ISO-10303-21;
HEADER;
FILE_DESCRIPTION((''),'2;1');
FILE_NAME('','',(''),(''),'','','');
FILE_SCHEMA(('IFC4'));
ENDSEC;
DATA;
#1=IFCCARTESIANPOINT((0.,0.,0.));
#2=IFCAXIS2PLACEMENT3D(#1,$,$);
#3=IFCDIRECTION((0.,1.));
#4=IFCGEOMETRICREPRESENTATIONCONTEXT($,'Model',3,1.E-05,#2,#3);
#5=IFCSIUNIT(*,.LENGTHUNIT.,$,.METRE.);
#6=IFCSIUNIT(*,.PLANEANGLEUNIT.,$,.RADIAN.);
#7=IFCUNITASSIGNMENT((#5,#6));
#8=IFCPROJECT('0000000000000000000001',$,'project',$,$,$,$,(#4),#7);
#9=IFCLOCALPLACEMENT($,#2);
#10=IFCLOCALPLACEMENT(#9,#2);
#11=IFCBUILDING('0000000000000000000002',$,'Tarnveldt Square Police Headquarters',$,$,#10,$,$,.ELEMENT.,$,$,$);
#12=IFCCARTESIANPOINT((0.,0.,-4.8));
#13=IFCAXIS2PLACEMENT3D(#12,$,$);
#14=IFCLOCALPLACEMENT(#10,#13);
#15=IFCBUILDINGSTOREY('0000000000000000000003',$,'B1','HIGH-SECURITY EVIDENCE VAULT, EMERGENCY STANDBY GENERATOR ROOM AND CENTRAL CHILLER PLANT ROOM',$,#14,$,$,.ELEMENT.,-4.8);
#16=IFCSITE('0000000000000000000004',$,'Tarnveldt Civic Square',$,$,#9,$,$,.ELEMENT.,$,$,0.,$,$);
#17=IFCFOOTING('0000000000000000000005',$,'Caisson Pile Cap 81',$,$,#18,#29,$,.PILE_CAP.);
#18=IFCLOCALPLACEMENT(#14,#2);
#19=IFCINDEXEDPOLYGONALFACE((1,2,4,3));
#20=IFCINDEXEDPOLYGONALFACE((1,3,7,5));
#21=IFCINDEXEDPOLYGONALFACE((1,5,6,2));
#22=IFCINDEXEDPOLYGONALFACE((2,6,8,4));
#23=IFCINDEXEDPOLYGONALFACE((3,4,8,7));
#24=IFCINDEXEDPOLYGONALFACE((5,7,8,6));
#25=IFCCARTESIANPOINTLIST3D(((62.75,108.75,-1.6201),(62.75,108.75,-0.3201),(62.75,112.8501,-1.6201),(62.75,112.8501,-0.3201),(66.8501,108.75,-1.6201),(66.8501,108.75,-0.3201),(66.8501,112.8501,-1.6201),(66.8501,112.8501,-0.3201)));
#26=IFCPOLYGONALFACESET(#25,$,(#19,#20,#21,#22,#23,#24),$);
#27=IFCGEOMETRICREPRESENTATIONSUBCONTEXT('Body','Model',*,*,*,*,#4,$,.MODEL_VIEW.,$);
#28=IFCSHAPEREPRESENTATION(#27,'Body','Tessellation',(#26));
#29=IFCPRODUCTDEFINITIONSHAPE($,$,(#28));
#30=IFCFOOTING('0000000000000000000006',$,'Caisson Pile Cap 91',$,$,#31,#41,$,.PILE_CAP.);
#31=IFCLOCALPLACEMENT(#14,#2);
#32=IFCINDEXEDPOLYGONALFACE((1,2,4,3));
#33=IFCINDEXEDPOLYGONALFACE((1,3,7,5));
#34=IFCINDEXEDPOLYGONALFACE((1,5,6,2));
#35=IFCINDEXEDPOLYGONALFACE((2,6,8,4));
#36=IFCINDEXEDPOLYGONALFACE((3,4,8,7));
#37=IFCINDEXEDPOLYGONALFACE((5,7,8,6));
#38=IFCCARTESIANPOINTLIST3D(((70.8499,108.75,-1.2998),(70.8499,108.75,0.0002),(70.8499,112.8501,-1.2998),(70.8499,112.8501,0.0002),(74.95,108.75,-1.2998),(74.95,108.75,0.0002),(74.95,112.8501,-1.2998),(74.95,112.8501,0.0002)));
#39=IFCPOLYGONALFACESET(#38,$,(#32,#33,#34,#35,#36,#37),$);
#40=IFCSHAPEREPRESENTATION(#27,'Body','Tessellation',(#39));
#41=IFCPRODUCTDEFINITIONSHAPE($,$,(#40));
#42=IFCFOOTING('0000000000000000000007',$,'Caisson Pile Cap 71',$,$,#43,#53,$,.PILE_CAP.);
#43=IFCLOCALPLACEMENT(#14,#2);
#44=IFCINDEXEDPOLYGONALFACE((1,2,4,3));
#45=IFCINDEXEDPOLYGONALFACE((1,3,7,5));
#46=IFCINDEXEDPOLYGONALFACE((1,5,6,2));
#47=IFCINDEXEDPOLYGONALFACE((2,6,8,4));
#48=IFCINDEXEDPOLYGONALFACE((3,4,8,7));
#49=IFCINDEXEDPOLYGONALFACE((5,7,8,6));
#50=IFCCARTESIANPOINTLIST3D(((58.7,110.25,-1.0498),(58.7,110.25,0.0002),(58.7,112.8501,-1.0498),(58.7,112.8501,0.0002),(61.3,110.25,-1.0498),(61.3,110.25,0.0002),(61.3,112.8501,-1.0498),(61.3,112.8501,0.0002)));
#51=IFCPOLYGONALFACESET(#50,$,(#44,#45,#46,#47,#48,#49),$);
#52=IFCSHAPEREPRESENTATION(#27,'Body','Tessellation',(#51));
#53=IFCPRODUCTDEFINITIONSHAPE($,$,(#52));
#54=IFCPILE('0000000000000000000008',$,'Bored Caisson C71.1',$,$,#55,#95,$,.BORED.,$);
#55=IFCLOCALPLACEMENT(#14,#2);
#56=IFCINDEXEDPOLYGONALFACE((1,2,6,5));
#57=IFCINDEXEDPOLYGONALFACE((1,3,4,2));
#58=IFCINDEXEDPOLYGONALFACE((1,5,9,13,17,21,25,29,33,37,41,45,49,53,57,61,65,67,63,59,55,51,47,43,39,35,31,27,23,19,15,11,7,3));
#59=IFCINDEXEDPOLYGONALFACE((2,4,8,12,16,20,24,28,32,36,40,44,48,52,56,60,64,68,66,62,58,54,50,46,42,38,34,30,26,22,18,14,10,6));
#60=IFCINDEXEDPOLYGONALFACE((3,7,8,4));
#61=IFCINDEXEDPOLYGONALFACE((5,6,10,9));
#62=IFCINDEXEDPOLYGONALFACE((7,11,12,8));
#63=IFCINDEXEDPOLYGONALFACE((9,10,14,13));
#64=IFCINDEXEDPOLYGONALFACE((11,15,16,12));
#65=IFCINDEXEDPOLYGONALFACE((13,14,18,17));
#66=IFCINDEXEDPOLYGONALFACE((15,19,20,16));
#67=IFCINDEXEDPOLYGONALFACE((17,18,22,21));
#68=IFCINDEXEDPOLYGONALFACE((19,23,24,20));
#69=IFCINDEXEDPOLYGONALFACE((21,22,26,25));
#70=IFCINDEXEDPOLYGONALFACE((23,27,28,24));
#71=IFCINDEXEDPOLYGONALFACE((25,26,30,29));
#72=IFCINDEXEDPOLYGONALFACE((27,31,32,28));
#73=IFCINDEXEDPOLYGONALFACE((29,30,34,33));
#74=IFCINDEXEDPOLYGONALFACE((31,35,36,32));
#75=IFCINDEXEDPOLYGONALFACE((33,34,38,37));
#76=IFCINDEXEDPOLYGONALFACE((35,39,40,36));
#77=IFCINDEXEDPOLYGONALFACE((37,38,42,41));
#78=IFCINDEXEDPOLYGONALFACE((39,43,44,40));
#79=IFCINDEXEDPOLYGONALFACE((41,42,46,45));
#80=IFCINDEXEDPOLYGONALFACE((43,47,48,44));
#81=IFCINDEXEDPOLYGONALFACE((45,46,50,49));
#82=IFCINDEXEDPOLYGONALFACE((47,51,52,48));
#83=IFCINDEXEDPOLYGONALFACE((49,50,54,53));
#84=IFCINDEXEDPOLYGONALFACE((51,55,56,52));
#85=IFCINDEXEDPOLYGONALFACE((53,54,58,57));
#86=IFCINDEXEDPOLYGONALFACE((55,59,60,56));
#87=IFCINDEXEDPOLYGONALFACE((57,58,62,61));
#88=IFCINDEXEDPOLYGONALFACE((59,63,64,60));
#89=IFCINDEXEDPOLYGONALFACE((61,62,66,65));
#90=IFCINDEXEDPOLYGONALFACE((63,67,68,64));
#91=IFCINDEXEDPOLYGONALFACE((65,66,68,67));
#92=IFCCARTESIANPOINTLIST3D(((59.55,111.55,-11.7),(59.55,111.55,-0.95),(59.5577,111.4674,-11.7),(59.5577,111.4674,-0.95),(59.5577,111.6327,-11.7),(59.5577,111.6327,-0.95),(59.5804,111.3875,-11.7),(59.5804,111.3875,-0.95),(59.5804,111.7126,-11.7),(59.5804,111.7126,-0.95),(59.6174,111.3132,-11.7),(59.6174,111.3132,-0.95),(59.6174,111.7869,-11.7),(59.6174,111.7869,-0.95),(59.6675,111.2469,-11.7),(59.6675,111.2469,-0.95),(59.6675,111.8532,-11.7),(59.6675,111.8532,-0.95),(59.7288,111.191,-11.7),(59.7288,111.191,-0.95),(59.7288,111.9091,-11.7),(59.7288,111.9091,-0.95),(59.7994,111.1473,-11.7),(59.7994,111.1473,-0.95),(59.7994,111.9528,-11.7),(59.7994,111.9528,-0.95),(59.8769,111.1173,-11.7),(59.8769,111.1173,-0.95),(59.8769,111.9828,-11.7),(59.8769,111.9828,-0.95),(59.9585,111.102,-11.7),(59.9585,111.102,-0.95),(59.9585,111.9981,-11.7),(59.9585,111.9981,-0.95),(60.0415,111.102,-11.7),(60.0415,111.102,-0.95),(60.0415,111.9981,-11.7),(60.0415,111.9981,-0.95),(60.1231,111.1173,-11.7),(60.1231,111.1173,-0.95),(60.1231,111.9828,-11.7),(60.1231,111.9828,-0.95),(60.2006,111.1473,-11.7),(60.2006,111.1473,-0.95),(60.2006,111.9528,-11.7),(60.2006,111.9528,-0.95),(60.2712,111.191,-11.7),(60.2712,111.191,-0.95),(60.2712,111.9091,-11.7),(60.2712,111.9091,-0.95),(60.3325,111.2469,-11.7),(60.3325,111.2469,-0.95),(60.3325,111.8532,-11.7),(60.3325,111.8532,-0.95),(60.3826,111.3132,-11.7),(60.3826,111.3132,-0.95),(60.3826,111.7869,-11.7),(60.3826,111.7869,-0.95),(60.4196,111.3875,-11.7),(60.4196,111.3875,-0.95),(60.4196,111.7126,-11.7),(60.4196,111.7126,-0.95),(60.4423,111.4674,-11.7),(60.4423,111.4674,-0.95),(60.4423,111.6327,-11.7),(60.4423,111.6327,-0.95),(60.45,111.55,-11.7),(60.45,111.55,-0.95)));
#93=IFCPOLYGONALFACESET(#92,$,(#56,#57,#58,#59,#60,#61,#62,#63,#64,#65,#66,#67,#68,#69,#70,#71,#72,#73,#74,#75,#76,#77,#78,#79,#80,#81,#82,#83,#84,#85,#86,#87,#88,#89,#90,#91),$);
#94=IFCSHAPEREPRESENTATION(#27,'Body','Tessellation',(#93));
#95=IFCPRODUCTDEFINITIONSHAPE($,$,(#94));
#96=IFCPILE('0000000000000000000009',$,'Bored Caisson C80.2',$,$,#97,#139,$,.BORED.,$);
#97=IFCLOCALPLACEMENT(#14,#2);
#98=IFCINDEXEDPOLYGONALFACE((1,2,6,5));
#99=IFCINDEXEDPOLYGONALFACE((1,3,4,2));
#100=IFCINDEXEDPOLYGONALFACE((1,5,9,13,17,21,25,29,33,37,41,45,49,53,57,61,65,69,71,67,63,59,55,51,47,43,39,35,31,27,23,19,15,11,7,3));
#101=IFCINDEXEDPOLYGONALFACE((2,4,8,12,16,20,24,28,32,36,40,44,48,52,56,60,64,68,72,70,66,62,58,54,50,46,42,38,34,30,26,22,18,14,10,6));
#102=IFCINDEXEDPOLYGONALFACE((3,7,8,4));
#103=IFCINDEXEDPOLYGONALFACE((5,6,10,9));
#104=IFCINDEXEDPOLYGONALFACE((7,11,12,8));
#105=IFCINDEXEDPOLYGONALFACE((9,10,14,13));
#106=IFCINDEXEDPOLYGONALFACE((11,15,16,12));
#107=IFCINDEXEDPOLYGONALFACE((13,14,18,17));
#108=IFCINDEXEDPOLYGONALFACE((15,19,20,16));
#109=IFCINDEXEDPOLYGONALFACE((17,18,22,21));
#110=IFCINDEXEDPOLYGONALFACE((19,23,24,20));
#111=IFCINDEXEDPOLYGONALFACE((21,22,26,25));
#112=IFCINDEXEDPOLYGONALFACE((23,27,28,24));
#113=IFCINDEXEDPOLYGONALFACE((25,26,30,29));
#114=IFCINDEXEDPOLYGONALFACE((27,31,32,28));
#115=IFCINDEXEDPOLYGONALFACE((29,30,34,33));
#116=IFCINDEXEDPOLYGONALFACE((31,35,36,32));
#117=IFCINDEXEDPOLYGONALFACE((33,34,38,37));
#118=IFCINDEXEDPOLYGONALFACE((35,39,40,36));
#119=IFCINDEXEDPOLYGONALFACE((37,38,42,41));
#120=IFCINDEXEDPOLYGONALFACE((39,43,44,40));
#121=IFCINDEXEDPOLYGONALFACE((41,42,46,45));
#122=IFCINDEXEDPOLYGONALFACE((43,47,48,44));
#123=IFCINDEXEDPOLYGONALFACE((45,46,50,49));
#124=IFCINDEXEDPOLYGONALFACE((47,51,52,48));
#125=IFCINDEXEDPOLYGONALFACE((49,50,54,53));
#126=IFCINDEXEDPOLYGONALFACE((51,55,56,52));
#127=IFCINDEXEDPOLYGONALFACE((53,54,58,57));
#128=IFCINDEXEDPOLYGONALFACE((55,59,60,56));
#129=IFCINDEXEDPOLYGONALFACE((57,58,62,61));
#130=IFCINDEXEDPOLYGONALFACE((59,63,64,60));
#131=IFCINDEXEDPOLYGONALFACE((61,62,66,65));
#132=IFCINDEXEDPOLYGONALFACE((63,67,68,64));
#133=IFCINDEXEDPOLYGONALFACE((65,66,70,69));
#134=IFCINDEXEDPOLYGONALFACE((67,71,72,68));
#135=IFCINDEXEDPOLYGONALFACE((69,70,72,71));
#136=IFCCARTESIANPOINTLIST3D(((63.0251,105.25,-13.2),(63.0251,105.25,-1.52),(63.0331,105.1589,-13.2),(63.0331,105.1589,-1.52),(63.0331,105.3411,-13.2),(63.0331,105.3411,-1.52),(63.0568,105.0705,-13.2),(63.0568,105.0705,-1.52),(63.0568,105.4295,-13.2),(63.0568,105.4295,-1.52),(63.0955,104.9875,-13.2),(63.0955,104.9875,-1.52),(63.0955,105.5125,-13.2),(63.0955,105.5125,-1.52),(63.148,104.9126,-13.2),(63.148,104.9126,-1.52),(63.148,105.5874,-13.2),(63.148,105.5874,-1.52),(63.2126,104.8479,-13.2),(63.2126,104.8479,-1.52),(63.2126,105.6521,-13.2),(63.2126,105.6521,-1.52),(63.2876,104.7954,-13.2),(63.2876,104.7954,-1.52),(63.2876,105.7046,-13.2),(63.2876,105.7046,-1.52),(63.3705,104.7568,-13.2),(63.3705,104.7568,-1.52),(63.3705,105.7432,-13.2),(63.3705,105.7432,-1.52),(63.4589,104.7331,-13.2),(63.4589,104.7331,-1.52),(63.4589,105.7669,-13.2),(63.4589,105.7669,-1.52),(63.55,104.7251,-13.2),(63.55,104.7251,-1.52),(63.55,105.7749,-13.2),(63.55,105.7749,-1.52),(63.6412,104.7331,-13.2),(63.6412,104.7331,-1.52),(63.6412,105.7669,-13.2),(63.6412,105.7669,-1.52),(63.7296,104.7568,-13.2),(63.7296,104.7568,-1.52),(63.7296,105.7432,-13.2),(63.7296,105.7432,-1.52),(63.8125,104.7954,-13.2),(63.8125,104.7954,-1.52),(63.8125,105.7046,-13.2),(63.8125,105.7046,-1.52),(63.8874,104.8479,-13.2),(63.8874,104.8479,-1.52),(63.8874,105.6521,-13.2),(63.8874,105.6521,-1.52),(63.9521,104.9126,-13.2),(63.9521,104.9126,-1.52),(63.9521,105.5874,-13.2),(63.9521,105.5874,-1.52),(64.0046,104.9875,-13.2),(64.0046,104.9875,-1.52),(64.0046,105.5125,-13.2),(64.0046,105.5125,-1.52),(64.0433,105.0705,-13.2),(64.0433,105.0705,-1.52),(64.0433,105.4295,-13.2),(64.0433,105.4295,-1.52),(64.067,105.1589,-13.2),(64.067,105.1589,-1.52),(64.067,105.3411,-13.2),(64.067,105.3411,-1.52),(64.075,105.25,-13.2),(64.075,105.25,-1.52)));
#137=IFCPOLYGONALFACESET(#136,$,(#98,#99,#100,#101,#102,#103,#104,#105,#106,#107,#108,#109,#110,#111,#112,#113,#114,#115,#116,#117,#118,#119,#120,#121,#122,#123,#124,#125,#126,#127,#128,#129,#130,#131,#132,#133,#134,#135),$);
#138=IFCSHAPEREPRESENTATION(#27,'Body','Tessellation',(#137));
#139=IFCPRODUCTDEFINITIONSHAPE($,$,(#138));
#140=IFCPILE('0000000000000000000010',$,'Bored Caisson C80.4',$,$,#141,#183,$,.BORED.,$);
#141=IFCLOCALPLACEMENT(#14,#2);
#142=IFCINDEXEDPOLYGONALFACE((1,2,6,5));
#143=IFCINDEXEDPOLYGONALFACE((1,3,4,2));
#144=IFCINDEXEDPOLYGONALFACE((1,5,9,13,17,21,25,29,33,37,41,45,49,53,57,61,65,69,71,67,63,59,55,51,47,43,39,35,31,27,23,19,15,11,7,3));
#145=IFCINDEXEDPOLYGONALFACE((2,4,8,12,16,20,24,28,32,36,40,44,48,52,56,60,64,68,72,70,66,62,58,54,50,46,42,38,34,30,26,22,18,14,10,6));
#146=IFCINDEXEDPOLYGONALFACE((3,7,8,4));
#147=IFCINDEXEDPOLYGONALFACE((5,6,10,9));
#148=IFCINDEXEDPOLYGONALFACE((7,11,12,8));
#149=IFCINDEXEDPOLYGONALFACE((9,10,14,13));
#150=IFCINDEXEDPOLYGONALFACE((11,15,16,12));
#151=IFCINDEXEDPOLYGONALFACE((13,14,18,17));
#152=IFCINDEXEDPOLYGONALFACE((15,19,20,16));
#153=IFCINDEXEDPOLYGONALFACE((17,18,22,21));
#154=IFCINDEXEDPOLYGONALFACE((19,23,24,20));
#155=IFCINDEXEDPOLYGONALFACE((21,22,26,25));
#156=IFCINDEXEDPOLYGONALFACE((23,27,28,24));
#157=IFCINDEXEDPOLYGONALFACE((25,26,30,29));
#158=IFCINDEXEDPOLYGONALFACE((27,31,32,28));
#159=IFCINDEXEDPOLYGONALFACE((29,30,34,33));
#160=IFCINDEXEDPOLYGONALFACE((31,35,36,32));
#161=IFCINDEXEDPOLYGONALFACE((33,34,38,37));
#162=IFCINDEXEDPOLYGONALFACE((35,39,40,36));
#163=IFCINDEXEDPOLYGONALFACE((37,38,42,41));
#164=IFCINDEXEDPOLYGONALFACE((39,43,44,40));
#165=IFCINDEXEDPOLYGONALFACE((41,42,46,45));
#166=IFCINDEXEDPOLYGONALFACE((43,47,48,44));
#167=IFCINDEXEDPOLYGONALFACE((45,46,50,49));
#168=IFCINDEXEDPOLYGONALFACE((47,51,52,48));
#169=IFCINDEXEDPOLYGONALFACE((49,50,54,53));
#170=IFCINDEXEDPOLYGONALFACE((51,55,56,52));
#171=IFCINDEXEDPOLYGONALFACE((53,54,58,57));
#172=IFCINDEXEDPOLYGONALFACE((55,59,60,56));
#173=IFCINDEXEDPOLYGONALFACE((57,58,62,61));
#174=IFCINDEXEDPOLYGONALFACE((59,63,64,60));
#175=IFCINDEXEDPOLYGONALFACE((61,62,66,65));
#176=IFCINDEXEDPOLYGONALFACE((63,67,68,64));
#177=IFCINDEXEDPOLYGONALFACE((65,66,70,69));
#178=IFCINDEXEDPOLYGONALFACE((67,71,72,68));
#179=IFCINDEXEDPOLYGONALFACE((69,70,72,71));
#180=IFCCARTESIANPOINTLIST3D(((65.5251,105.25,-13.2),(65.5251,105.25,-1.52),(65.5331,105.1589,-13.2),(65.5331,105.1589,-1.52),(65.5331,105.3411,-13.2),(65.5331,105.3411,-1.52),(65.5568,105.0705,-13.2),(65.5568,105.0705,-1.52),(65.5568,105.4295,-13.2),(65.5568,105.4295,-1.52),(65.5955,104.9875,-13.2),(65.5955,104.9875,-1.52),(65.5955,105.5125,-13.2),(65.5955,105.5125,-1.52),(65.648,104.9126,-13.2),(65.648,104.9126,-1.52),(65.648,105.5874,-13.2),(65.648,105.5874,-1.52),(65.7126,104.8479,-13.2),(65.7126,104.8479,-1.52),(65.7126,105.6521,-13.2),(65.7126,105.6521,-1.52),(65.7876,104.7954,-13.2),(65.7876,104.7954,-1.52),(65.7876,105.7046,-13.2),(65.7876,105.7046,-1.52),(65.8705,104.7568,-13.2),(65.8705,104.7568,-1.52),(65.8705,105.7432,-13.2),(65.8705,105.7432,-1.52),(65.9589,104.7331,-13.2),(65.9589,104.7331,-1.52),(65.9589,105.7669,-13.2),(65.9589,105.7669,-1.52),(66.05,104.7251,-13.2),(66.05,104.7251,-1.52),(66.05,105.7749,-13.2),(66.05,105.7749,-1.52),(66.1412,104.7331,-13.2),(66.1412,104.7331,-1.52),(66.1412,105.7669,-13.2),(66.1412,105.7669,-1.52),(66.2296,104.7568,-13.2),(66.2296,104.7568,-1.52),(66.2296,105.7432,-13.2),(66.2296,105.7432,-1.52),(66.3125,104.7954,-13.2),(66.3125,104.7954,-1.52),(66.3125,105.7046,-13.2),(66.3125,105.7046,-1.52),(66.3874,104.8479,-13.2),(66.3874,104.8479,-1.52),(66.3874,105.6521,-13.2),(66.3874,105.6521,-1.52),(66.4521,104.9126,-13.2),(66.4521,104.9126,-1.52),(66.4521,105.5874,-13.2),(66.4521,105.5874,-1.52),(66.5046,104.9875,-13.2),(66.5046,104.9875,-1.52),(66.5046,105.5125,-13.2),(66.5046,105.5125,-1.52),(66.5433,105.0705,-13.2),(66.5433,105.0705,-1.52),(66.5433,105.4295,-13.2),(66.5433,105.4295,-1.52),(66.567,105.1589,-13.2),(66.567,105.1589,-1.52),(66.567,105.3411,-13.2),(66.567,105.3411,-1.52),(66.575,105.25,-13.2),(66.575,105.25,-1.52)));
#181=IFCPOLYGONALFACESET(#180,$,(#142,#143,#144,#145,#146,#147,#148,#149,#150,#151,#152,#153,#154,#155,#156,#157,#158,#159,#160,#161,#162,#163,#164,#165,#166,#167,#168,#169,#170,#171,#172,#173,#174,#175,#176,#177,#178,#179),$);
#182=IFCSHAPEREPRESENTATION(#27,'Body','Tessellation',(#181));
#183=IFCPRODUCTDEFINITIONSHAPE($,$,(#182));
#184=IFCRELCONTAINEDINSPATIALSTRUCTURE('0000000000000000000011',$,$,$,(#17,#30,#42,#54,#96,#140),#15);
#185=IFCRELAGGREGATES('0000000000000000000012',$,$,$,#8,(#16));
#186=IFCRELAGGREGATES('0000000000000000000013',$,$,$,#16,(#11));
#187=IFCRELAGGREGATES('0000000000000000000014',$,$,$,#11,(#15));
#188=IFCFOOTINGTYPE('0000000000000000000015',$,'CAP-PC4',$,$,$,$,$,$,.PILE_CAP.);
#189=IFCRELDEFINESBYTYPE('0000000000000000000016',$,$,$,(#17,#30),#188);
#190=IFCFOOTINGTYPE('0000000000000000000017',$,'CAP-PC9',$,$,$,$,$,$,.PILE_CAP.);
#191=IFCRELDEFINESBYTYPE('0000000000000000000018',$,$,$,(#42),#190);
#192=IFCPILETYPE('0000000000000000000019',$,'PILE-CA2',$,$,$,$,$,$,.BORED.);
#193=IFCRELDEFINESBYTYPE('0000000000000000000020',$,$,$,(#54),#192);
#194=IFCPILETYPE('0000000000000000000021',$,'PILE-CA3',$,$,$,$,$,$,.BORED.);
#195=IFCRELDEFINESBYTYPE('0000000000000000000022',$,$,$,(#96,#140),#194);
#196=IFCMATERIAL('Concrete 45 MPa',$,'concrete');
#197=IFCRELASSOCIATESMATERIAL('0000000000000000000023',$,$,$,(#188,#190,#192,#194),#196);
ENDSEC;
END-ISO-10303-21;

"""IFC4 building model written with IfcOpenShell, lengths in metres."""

from ifc_helpers import new_model, si_unit, direction, frame, origin, origin_2d, place, context, subcontext, project, spatial, rectangle, circle, extrude, material, material_profile, profile_set, type_object, element, save


model = new_model("IFC4")

# Units and contexts
model_context = context("Model", 3, precision=1e-05, world=origin(), true_north=direction((0.0, 1.0)))
body_context = subcontext(model_context, "Body", "Model", "MODEL_VIEW")
ifc_project = project(units=[si_unit("LENGTHUNIT", "METRE"), si_unit("PLANEANGLEUNIT", "RADIAN")], contexts=[model_context])

# Site, building, storey
site_placement = place(None, origin())
site = spatial("IfcSite", under=ifc_project, at=site_placement, Name="Tarnveldt Civic Square", CompositionType="ELEMENT", RefElevation=0.0)
building_placement = place(site_placement, origin())
building = spatial("IfcBuilding", under=site, at=building_placement, Name="Tarnveldt Square Police Headquarters", CompositionType="ELEMENT")
storey_placement = place(building_placement, frame((0.0, 0.0, -4.8)))
storey = spatial("IfcBuildingStorey", under=building, at=storey_placement, Name="B1", Description="HIGH-SECURITY EVIDENCE VAULT, EMERGENCY STANDBY GENERATOR ROOM AND CENTRAL CHILLER PLANT ROOM", CompositionType="ELEMENT", Elevation=-4.8)

# Footings
ifc_material_1 = material(Name="Concrete 45 MPa", Category="concrete")
footing_type_1 = type_object("IfcFootingType", Name="CAP-PC4", PredefinedType="PILE_CAP", material=ifc_material_1)
for number, where, z_axis, x_axis, name in (
    (1, (64.8, 110.8, -1.6201), (0.0, 0.0, 1.0), (1.0, 0.0, 0.0), "Caisson Pile Cap 81"),
    (2, (72.8999, 110.8, -1.2998), (0.0, 0.0, 1.0), (1.0, 0.0, 0.0), "Caisson Pile Cap 91"),
):
    element("IfcFooting", number, at=place(storey_placement, frame(where, z_axis=z_axis, x_axis=x_axis)), inside=storey, type_object=footing_type_1, Name=name, PredefinedType="PILE_CAP", context=body_context, shape_type="SweptSolid", body=[
        extrude(rectangle(XDim=4.1001, YDim=4.1001, at=origin_2d()), origin(), (0.0, 0.0, 1.0), 1.3),
    ])
footing_type_2 = type_object("IfcFootingType", Name="CAP-PC9", PredefinedType="PILE_CAP", material=ifc_material_1)
footing_placement = place(storey_placement, frame((60.0, 111.55, -1.0498), z_axis=(0.0, 0.0, 1.0), x_axis=(1.0, 0.0, 0.0)))
element("IfcFooting", 3, at=footing_placement, inside=storey, type_object=footing_type_2, Name="Caisson Pile Cap 71", PredefinedType="PILE_CAP", context=body_context, shape_type="SweptSolid", body=[
    extrude(rectangle(XDim=2.6001, YDim=2.6001, at=origin_2d()), origin(), (0.0, 0.0, 1.0), 1.05),
])

# Piles
ifc_material_profile_1 = material_profile(ifc_material_1, circle(Radius=0.45, at=origin_2d()), Name="CAISSON-D900")
ifc_profile_set_1 = profile_set([ifc_material_profile_1], Name="Concrete 45 MPa")
pile_type_1 = type_object("IfcPileType", Name="PILE-CA2", PredefinedType="BORED", material=ifc_profile_set_1)
pile_placement = place(storey_placement, frame((60.0, 111.55, -0.95), z_axis=(0.0, 0.0, -1.0), x_axis=(1.0, 0.0, 0.0)))
element("IfcPile", 4, at=pile_placement, inside=storey, type_object=pile_type_1, Name="Bored Caisson C71.1", PredefinedType="BORED", context=body_context, shape_type="SweptSolid", body=[
    extrude(circle(Radius=0.45, at=origin_2d()), origin(), (0.0, 0.0, 1.0), 10.75),
])
ifc_material_profile_2 = material_profile(ifc_material_1, circle(Radius=0.5249, at=origin_2d()), Name="CAISSON-D1050")
ifc_profile_set_2 = profile_set([ifc_material_profile_2], Name="Concrete 45 MPa")
pile_type_2 = type_object("IfcPileType", Name="PILE-CA3", PredefinedType="BORED", material=ifc_profile_set_2)
for number, where, z_axis, x_axis, name in (
    (5, (63.55, 105.25, -1.52), (0.0, 0.0, -1.0), (1.0, 0.0, 0.0), "Bored Caisson C80.2"),
    (6, (66.05, 105.25, -1.52), (0.0, 0.0, -1.0), (1.0, 0.0, 0.0), "Bored Caisson C80.4"),
):
    element("IfcPile", number, at=place(storey_placement, frame(where, z_axis=z_axis, x_axis=x_axis)), inside=storey, type_object=pile_type_2, Name=name, PredefinedType="BORED", context=body_context, shape_type="SweptSolid", body=[
        extrude(circle(Radius=0.5249, at=origin_2d()), origin(), (0.0, 0.0, 1.0), 11.6799),
    ])

save(model, "model.ifc")
